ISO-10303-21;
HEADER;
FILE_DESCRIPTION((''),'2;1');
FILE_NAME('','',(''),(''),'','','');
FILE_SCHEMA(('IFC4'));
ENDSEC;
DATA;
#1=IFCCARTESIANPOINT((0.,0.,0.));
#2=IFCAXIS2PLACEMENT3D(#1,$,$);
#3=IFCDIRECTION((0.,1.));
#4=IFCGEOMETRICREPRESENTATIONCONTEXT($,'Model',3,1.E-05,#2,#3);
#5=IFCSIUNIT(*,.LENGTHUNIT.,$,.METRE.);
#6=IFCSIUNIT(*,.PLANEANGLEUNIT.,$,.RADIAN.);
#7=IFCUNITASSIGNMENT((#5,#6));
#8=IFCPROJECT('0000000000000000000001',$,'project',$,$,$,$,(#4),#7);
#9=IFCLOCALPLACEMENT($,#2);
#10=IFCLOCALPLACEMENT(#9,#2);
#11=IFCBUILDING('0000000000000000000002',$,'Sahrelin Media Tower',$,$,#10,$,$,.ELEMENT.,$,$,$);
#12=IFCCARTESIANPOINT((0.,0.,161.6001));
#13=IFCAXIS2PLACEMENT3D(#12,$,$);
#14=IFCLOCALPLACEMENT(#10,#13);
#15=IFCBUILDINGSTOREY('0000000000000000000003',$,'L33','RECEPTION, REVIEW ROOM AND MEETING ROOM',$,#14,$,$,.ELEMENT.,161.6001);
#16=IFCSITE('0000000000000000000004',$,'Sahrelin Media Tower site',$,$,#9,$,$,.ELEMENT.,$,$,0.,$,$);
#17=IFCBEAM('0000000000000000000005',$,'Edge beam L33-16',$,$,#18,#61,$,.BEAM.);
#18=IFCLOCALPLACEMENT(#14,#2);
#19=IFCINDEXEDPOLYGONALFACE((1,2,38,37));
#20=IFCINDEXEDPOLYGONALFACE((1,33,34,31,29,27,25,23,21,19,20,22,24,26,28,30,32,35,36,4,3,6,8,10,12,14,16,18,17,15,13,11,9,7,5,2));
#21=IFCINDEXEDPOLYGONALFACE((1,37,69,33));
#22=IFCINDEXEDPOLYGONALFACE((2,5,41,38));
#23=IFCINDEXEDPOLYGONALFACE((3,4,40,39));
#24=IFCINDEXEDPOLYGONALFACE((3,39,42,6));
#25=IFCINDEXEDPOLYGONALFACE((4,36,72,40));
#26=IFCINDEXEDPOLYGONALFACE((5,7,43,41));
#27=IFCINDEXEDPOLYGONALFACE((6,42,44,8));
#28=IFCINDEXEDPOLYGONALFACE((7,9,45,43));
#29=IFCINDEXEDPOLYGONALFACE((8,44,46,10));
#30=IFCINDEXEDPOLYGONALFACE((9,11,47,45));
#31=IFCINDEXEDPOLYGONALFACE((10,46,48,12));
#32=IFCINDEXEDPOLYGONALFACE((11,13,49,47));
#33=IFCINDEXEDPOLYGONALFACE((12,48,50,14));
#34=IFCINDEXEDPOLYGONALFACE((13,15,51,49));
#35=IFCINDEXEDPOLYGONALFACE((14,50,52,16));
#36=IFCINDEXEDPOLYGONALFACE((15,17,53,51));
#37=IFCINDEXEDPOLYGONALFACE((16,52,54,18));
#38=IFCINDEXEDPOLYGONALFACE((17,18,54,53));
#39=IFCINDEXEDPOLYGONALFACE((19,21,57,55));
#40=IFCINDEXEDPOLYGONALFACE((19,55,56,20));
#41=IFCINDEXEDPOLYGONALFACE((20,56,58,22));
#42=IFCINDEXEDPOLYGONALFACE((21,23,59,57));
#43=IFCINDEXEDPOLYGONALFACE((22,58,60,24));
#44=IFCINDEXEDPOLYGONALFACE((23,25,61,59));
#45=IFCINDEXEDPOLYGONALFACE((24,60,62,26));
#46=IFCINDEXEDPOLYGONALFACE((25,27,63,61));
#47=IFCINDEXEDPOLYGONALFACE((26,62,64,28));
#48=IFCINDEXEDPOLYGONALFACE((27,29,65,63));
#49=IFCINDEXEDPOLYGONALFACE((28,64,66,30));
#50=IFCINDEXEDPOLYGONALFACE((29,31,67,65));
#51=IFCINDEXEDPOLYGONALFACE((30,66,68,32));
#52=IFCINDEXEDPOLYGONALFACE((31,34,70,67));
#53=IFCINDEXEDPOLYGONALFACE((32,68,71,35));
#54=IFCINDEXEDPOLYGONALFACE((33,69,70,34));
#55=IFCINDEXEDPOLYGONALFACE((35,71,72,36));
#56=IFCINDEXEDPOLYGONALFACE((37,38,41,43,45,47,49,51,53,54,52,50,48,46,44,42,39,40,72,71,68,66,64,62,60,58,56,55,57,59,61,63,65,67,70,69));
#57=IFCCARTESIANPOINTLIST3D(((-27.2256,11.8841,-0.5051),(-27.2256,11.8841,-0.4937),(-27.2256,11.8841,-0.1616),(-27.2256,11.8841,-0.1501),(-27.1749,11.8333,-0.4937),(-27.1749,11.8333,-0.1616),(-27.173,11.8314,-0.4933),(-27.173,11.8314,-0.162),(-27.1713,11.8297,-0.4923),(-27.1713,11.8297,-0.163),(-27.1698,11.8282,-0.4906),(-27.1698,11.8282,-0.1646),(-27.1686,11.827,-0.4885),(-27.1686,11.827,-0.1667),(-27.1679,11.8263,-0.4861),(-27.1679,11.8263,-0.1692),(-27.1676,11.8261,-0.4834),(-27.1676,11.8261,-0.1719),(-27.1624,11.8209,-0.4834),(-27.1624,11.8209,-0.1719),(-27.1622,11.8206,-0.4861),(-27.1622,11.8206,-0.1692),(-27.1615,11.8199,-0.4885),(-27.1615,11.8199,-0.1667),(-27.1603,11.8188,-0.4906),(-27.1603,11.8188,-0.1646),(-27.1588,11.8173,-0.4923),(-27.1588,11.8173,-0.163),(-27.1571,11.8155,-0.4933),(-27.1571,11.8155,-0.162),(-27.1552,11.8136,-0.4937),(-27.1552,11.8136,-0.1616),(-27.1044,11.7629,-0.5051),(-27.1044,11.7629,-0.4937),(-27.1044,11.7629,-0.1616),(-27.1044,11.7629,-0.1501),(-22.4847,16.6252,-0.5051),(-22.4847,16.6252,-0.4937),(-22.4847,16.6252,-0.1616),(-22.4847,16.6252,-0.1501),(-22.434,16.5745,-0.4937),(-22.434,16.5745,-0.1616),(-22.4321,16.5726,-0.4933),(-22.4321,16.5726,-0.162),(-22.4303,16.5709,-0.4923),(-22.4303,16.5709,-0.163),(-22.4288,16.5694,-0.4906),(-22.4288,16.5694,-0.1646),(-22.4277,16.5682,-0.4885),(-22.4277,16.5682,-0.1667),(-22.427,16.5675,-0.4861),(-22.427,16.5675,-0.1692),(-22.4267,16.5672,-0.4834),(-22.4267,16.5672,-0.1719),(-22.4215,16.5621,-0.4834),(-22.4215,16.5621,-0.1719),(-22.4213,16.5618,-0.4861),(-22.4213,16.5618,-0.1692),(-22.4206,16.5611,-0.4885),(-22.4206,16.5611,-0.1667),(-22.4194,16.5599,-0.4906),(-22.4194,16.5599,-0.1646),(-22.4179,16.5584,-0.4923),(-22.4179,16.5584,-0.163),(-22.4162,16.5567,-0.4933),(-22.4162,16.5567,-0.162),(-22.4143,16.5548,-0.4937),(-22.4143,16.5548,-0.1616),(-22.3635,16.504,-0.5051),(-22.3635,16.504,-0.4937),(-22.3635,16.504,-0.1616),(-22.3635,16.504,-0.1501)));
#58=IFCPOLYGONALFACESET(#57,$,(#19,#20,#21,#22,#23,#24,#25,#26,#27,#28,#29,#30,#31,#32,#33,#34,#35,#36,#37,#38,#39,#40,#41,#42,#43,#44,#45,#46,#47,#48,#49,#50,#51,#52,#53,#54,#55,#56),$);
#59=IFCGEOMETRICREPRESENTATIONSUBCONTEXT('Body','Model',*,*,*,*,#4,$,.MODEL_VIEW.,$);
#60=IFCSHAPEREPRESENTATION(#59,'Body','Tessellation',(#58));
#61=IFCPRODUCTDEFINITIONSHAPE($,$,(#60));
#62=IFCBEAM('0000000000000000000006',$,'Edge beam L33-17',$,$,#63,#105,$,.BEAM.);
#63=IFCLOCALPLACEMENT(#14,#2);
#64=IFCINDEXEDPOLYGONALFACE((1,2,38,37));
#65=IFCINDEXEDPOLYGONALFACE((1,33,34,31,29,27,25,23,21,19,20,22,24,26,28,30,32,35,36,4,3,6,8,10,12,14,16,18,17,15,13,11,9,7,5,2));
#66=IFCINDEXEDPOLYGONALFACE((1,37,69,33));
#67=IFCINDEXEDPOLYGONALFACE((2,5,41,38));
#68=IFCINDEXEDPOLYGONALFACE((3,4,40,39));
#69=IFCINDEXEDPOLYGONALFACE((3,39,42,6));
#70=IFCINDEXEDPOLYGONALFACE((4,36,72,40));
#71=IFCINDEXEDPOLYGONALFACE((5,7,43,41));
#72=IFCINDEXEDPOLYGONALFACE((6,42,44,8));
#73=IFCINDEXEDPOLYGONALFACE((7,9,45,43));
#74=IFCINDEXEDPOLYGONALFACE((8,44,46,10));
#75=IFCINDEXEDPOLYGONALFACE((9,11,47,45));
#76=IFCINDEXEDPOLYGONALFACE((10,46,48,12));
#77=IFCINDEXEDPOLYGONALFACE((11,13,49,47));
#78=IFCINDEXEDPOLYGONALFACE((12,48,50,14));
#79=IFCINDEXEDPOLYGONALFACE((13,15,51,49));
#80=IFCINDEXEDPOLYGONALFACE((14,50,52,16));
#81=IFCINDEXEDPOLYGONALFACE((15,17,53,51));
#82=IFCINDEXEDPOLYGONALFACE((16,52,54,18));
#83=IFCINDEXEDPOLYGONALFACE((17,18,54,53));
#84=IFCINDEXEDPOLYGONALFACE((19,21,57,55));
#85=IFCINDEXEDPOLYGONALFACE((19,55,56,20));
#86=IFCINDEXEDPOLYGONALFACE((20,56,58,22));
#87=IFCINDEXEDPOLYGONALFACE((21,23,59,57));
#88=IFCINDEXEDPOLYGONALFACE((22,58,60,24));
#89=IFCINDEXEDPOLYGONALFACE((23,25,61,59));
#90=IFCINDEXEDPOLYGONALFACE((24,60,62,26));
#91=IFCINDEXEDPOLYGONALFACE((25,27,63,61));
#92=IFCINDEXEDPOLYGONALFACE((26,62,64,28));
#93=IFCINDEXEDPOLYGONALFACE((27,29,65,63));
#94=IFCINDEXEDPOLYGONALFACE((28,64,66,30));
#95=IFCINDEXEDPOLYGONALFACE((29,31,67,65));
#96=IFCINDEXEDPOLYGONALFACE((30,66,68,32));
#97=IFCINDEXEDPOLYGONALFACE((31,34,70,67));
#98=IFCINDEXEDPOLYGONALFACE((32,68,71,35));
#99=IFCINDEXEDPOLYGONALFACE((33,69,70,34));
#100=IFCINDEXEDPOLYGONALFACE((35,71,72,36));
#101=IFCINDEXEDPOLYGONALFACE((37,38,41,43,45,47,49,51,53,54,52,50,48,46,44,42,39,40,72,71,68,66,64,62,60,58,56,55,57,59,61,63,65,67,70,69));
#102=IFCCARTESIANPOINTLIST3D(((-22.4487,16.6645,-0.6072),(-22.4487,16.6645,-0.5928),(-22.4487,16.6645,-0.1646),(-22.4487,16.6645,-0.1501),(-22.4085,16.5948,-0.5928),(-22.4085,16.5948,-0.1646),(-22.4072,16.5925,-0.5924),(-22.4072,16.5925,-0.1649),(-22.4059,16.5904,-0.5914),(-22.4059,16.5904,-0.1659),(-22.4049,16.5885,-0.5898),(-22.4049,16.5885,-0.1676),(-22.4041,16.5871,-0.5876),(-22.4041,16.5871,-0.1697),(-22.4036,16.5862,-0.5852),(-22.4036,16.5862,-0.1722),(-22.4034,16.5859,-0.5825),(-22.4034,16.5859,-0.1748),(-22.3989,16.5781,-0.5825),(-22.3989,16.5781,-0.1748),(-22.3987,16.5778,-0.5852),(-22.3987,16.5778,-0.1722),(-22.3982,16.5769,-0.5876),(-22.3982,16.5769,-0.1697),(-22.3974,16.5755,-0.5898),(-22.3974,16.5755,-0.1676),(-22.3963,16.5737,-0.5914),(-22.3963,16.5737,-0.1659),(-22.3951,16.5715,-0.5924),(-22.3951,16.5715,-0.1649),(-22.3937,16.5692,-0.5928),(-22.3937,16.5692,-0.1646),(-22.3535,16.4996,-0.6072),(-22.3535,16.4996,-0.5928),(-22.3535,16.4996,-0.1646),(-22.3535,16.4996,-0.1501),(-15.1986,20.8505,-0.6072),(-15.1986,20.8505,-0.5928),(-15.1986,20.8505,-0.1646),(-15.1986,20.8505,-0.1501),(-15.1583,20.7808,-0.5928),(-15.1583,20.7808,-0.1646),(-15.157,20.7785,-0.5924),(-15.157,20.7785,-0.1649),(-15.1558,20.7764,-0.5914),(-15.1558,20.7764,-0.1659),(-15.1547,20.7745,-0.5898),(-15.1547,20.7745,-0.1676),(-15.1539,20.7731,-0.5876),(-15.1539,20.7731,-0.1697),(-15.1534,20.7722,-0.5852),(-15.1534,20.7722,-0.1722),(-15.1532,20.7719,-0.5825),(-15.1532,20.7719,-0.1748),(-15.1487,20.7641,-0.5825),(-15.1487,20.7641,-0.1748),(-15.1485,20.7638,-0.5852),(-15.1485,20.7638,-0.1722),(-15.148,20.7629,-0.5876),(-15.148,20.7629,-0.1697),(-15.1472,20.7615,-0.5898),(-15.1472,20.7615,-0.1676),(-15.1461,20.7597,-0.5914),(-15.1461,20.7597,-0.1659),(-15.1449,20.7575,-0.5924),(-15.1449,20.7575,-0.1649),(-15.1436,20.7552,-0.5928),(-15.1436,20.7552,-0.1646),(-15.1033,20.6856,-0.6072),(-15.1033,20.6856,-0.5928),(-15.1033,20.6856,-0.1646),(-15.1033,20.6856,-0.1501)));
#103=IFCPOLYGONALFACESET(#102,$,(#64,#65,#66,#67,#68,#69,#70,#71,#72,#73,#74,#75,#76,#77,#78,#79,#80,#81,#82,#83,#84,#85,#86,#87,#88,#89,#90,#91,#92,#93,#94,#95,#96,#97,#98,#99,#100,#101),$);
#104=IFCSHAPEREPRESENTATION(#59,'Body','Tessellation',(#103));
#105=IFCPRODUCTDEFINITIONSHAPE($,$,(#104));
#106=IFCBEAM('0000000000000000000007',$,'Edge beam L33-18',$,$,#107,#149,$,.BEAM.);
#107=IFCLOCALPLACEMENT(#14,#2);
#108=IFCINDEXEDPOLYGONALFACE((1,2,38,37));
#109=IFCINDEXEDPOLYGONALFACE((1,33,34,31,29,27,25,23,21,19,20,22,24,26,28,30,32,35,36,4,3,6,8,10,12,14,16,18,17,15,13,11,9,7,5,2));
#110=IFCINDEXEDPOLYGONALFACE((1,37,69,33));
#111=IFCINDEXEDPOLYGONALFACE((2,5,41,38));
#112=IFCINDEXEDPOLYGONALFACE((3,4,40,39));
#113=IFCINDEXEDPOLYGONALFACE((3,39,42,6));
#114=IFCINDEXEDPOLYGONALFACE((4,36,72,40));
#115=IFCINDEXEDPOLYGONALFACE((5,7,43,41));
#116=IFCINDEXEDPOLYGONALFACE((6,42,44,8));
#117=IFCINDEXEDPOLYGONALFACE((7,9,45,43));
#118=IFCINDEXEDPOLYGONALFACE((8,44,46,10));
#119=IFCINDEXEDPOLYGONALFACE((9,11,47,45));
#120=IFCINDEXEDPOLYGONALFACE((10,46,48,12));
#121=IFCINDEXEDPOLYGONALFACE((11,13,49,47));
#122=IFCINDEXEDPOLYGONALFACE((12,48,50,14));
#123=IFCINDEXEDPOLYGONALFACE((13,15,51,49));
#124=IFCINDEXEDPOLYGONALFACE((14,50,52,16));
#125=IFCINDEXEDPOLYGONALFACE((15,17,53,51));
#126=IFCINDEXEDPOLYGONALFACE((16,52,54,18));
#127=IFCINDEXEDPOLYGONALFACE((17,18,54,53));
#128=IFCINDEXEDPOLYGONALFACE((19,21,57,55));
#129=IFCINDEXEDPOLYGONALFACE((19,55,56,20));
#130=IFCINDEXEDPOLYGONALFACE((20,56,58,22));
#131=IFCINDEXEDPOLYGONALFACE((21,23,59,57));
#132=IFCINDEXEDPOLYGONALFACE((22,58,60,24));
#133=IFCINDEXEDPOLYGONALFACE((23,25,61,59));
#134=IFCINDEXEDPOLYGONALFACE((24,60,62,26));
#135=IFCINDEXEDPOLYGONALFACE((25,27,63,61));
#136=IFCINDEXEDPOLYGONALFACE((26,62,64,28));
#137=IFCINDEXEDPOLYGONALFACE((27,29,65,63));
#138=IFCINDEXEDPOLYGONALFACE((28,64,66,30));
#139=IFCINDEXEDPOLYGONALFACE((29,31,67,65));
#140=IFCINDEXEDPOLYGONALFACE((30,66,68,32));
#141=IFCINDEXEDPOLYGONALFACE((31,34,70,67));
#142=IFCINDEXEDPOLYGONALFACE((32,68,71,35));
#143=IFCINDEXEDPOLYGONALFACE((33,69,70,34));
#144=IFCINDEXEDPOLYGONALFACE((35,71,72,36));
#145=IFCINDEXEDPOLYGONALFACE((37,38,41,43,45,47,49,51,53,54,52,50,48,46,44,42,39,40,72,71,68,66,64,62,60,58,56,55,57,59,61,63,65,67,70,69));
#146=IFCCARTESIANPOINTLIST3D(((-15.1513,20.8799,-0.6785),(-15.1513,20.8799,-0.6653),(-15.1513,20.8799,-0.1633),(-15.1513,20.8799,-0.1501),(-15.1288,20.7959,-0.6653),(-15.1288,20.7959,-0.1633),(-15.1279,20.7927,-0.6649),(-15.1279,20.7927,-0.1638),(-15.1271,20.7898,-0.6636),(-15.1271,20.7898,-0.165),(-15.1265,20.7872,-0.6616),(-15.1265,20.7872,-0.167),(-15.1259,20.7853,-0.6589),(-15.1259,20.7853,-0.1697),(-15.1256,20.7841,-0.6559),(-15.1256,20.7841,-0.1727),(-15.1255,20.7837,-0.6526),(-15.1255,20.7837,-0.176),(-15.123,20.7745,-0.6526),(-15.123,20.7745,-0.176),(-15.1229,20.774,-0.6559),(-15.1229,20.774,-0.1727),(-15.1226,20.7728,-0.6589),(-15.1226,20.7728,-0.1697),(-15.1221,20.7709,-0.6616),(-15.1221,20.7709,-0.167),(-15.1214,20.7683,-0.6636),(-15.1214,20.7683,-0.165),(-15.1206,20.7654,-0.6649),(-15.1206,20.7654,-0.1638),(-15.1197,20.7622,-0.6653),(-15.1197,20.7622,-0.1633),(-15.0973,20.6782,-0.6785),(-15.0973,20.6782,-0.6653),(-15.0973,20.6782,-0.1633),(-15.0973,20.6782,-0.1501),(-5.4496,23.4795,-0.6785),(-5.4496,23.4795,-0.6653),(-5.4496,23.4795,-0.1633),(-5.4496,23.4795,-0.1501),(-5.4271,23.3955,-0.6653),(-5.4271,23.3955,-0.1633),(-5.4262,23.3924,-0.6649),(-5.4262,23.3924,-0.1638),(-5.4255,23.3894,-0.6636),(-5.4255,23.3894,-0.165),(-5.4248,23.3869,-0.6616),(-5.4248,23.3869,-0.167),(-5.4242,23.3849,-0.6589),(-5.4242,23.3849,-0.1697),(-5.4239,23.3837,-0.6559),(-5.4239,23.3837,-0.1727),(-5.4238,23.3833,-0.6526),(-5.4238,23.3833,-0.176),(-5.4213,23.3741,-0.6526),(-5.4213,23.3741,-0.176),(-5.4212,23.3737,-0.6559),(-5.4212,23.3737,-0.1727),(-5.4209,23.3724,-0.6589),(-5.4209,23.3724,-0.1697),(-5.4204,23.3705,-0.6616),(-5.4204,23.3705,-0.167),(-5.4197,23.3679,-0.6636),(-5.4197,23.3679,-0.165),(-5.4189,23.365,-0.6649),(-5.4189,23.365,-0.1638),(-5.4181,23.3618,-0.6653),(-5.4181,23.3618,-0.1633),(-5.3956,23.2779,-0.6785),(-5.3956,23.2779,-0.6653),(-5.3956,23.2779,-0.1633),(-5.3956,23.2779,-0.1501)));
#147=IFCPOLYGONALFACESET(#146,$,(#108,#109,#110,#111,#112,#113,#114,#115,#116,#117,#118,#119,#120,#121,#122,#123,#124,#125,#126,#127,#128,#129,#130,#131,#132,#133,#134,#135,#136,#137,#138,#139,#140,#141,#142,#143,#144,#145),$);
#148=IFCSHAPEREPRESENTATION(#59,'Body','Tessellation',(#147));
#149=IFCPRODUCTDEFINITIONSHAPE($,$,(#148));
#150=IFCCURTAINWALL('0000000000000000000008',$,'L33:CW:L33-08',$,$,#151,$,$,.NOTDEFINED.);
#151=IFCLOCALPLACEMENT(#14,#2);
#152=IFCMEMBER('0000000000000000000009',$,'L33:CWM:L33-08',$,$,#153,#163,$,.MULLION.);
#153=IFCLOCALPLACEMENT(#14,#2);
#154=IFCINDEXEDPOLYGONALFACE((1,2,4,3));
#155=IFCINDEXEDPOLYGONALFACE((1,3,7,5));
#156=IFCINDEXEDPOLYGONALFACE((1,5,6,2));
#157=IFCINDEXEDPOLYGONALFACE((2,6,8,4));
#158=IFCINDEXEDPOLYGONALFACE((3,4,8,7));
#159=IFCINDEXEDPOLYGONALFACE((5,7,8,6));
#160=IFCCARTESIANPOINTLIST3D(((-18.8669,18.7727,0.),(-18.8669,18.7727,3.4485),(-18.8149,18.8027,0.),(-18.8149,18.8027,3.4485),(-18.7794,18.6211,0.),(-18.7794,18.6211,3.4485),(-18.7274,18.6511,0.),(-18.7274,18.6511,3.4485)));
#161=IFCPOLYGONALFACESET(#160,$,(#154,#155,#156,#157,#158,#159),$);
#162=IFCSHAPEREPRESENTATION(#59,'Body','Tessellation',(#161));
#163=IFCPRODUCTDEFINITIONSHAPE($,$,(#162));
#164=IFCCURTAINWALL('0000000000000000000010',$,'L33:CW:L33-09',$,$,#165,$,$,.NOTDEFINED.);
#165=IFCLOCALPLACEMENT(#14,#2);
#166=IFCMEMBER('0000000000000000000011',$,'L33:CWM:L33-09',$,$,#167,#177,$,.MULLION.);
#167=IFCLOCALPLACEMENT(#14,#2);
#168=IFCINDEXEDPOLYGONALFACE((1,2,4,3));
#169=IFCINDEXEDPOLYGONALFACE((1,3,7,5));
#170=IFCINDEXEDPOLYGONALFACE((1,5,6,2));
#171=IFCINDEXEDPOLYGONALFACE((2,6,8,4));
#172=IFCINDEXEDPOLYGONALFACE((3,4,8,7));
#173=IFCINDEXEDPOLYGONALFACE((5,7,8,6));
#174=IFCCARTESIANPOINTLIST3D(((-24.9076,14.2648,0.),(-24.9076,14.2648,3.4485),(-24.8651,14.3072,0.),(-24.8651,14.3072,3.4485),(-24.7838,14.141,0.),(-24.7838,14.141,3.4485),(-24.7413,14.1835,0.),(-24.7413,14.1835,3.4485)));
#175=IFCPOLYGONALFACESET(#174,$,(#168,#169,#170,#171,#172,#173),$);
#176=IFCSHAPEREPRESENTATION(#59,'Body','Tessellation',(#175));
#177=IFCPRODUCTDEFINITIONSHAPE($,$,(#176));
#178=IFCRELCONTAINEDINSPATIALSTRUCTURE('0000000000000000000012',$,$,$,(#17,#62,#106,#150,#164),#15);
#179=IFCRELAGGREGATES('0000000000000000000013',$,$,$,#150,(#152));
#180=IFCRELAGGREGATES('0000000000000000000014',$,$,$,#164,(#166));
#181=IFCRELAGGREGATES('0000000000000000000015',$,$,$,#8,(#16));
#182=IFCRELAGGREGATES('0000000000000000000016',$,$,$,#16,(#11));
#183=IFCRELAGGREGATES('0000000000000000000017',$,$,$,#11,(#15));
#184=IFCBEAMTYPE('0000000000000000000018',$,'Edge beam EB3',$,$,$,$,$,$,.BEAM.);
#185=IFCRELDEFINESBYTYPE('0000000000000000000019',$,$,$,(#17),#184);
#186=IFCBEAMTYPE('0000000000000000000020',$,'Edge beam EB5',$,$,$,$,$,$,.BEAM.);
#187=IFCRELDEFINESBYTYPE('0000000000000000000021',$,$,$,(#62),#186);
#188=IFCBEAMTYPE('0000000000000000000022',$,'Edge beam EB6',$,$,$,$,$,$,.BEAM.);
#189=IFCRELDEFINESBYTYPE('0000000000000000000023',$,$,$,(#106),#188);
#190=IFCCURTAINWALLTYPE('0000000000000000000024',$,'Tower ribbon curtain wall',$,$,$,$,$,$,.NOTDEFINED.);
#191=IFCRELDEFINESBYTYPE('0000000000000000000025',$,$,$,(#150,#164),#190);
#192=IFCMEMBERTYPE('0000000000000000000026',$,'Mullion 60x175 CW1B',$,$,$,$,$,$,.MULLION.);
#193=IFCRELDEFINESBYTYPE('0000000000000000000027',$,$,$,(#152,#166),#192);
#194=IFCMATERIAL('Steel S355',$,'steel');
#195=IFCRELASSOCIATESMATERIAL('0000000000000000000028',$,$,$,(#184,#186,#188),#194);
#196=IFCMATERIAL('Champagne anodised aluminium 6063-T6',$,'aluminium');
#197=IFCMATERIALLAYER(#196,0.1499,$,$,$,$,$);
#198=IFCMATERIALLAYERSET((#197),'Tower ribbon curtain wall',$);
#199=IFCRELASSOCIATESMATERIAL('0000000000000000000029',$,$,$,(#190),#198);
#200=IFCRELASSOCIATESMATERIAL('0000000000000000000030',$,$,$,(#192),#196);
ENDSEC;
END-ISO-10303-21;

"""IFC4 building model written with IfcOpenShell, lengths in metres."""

from ifc_helpers import new_model, si_unit, direction, frame, origin, origin_2d, place, context, subcontext, project, spatial, rectangle, i_section, extrude, material, layer, layer_set, material_profile, profile_set, type_object, element, aggregate, save


model = new_model("IFC4")

# Units and contexts
model_context = context("Model", 3, precision=1e-05, world=origin(), true_north=direction((0.0, 1.0)))
body_context = subcontext(model_context, "Body", "Model", "MODEL_VIEW")
ifc_project = project(units=[si_unit("LENGTHUNIT", "METRE"), si_unit("PLANEANGLEUNIT", "RADIAN")], contexts=[model_context])

# Site, building, storey
site_placement = place(None, origin())
site = spatial("IfcSite", under=ifc_project, at=site_placement, Name="Sahrelin Media Tower site", CompositionType="ELEMENT", RefElevation=0.0)
building_placement = place(site_placement, origin())
building = spatial("IfcBuilding", under=site, at=building_placement, Name="Sahrelin Media Tower", CompositionType="ELEMENT")
storey_placement = place(building_placement, frame((0.0, 0.0, 161.6001)))
storey = spatial("IfcBuildingStorey", under=building, at=storey_placement, Name="L33", Description="RECEPTION, REVIEW ROOM AND MEETING ROOM", CompositionType="ELEMENT", Elevation=161.6001)

# Beams
ifc_material_1 = material(Name="Steel S355", Category="steel")
ifc_material_profile_1 = material_profile(ifc_material_1, i_section(OverallWidth=0.1714, OverallDepth=0.355, WebThickness=0.0073, FlangeThickness=0.0115, FilletRadius=0.0103, at=origin_2d()), Name="UB 356x171x51")
ifc_profile_set_1 = profile_set([ifc_material_profile_1], Name="Steel S355")
beam_type_1 = type_object("IfcBeamType", Name="Edge beam EB3", PredefinedType="BEAM", material=ifc_profile_set_1)
beam_1_placement = place(storey_placement, frame((-27.165, 11.8235, -0.3276), z_axis=(0.707089, 0.707125, 0.0), x_axis=(-0.707125, 0.707089, 0.0)))
element("IfcBeam", 1, at=beam_1_placement, inside=storey, type_object=beam_type_1, Name="Edge beam L33-16", PredefinedType="BEAM", context=body_context, shape_type="SweptSolid", body=[
    extrude(i_section(OverallWidth=0.1714, OverallDepth=0.355, WebThickness=0.0073, FlangeThickness=0.0115, FilletRadius=0.0103, at=origin_2d()), origin(), (0.0, 0.0, 1.0), 6.7048),
])
ifc_material_profile_2 = material_profile(ifc_material_1, i_section(OverallWidth=0.1904, OverallDepth=0.457, WebThickness=0.009, FlangeThickness=0.0144, FilletRadius=0.0103, at=origin_2d()), Name="UB 457x191x74")
ifc_profile_set_2 = profile_set([ifc_material_profile_2], Name="Steel S355")
beam_type_2 = type_object("IfcBeamType", Name="Edge beam EB5", PredefinedType="BEAM", material=ifc_profile_set_2)
beam_2_placement = place(storey_placement, frame((-22.4011, 16.582, -0.3787), z_axis=(0.86602, 0.500009, 0.0), x_axis=(-0.500009, 0.86602, 0.0)))
element("IfcBeam", 2, at=beam_2_placement, inside=storey, type_object=beam_type_2, Name="Edge beam L33-17", PredefinedType="BEAM", context=body_context, shape_type="SweptSolid", body=[
    extrude(i_section(OverallWidth=0.1904, OverallDepth=0.457, WebThickness=0.009, FlangeThickness=0.0144, FilletRadius=0.0103, at=origin_2d()), origin(), (0.0, 0.0, 1.0), 8.3718),
])
ifc_material_profile_3 = material_profile(ifc_material_1, i_section(OverallWidth=0.2087, OverallDepth=0.5283, WebThickness=0.0095, FlangeThickness=0.0132, FilletRadius=0.0127, at=origin_2d()), Name="UB 533x210x82")
ifc_profile_set_3 = profile_set([ifc_material_profile_3], Name="Steel S355")
beam_type_3 = type_object("IfcBeamType", Name="Edge beam EB6", PredefinedType="BEAM", material=ifc_profile_set_3)
beam_3_placement = place(storey_placement, frame((-15.1243, 20.7791, -0.4143), z_axis=(0.965924, 0.258824, 0.0), x_axis=(-0.258824, 0.965924, 0.0)))
element("IfcBeam", 3, at=beam_3_placement, inside=storey, type_object=beam_type_3, Name="Edge beam L33-18", PredefinedType="BEAM", context=body_context, shape_type="SweptSolid", body=[
    extrude(i_section(OverallWidth=0.2087, OverallDepth=0.5283, WebThickness=0.0095, FlangeThickness=0.0132, FilletRadius=0.0127, at=origin_2d()), origin(), (0.0, 0.0, 1.0), 10.0439),
])

# Curtain walls, members
ifc_material_2 = material(Name="Champagne anodised aluminium 6063-T6", Category="aluminium")
ifc_layer_1 = layer(ifc_material_2, 0.1499)
ifc_layer_set_1 = layer_set([ifc_layer_1], Name="Tower ribbon curtain wall")
curtain_wall_type = type_object("IfcCurtainWallType", Name="Tower ribbon curtain wall", PredefinedType="NOTDEFINED", material=ifc_layer_set_1)
curtain_wall_1_placement = place(storey_placement, frame((-18.8511, 18.8049, 0.0), z_axis=(0.0, 0.0, 1.0), x_axis=(1.0, 0.0, 0.0)))
curtain_wall_1 = element("IfcCurtainWall", 4, at=curtain_wall_1_placement, inside=storey, type_object=curtain_wall_type, Name="L33:CW:L33-08", PredefinedType="NOTDEFINED")
ifc_material_profile_4 = material_profile(ifc_material_2, rectangle(XDim=0.0601, YDim=0.175, at=origin_2d()), Name="Mullion 60x175")
ifc_profile_set_4 = profile_set([ifc_material_profile_4], Name="Champagne anodised aluminium 6063-T6")
member_type_1 = type_object("IfcMemberType", Name="Mullion 60x175 CW1B", PredefinedType="MULLION", material=ifc_profile_set_4)
member_1_placement = place(storey_placement, frame((-18.7971, 18.7119, 0.0), z_axis=(0.0, 0.0, 1.0), x_axis=(-0.866025, -0.5, 0.0)))
member_1 = element("IfcMember", 5, at=member_1_placement, type_object=member_type_1, Name="L33:CWM:L33-08", PredefinedType="MULLION", context=body_context, shape_type="SweptSolid", body=[
    extrude(rectangle(XDim=0.0601, YDim=0.175, at=origin_2d()), origin(), (0.0, 0.0, 1.0), 3.4485),
])
curtain_wall_2_placement = place(storey_placement, frame((-24.9004, 14.3, 0.0), z_axis=(0.0, 0.0, 1.0), x_axis=(1.0, 0.0, 0.0)))
curtain_wall_2 = element("IfcCurtainWall", 6, at=curtain_wall_2_placement, inside=storey, type_object=curtain_wall_type, Name="L33:CW:L33-09", PredefinedType="NOTDEFINED")
member_2_placement = place(storey_placement, frame((-24.8245, 14.2241, 0.0), z_axis=(0.0, 0.0, 1.0), x_axis=(-0.707107, -0.707107, 0.0)))
member_2 = element("IfcMember", 7, at=member_2_placement, type_object=member_type_1, Name="L33:CWM:L33-09", PredefinedType="MULLION", context=body_context, shape_type="SweptSolid", body=[
    extrude(rectangle(XDim=0.0601, YDim=0.175, at=origin_2d()), origin(), (0.0, 0.0, 1.0), 3.4485),
])

aggregate(curtain_wall_1, [member_1])
aggregate(curtain_wall_2, [member_2])

save(model, "model.ifc")
